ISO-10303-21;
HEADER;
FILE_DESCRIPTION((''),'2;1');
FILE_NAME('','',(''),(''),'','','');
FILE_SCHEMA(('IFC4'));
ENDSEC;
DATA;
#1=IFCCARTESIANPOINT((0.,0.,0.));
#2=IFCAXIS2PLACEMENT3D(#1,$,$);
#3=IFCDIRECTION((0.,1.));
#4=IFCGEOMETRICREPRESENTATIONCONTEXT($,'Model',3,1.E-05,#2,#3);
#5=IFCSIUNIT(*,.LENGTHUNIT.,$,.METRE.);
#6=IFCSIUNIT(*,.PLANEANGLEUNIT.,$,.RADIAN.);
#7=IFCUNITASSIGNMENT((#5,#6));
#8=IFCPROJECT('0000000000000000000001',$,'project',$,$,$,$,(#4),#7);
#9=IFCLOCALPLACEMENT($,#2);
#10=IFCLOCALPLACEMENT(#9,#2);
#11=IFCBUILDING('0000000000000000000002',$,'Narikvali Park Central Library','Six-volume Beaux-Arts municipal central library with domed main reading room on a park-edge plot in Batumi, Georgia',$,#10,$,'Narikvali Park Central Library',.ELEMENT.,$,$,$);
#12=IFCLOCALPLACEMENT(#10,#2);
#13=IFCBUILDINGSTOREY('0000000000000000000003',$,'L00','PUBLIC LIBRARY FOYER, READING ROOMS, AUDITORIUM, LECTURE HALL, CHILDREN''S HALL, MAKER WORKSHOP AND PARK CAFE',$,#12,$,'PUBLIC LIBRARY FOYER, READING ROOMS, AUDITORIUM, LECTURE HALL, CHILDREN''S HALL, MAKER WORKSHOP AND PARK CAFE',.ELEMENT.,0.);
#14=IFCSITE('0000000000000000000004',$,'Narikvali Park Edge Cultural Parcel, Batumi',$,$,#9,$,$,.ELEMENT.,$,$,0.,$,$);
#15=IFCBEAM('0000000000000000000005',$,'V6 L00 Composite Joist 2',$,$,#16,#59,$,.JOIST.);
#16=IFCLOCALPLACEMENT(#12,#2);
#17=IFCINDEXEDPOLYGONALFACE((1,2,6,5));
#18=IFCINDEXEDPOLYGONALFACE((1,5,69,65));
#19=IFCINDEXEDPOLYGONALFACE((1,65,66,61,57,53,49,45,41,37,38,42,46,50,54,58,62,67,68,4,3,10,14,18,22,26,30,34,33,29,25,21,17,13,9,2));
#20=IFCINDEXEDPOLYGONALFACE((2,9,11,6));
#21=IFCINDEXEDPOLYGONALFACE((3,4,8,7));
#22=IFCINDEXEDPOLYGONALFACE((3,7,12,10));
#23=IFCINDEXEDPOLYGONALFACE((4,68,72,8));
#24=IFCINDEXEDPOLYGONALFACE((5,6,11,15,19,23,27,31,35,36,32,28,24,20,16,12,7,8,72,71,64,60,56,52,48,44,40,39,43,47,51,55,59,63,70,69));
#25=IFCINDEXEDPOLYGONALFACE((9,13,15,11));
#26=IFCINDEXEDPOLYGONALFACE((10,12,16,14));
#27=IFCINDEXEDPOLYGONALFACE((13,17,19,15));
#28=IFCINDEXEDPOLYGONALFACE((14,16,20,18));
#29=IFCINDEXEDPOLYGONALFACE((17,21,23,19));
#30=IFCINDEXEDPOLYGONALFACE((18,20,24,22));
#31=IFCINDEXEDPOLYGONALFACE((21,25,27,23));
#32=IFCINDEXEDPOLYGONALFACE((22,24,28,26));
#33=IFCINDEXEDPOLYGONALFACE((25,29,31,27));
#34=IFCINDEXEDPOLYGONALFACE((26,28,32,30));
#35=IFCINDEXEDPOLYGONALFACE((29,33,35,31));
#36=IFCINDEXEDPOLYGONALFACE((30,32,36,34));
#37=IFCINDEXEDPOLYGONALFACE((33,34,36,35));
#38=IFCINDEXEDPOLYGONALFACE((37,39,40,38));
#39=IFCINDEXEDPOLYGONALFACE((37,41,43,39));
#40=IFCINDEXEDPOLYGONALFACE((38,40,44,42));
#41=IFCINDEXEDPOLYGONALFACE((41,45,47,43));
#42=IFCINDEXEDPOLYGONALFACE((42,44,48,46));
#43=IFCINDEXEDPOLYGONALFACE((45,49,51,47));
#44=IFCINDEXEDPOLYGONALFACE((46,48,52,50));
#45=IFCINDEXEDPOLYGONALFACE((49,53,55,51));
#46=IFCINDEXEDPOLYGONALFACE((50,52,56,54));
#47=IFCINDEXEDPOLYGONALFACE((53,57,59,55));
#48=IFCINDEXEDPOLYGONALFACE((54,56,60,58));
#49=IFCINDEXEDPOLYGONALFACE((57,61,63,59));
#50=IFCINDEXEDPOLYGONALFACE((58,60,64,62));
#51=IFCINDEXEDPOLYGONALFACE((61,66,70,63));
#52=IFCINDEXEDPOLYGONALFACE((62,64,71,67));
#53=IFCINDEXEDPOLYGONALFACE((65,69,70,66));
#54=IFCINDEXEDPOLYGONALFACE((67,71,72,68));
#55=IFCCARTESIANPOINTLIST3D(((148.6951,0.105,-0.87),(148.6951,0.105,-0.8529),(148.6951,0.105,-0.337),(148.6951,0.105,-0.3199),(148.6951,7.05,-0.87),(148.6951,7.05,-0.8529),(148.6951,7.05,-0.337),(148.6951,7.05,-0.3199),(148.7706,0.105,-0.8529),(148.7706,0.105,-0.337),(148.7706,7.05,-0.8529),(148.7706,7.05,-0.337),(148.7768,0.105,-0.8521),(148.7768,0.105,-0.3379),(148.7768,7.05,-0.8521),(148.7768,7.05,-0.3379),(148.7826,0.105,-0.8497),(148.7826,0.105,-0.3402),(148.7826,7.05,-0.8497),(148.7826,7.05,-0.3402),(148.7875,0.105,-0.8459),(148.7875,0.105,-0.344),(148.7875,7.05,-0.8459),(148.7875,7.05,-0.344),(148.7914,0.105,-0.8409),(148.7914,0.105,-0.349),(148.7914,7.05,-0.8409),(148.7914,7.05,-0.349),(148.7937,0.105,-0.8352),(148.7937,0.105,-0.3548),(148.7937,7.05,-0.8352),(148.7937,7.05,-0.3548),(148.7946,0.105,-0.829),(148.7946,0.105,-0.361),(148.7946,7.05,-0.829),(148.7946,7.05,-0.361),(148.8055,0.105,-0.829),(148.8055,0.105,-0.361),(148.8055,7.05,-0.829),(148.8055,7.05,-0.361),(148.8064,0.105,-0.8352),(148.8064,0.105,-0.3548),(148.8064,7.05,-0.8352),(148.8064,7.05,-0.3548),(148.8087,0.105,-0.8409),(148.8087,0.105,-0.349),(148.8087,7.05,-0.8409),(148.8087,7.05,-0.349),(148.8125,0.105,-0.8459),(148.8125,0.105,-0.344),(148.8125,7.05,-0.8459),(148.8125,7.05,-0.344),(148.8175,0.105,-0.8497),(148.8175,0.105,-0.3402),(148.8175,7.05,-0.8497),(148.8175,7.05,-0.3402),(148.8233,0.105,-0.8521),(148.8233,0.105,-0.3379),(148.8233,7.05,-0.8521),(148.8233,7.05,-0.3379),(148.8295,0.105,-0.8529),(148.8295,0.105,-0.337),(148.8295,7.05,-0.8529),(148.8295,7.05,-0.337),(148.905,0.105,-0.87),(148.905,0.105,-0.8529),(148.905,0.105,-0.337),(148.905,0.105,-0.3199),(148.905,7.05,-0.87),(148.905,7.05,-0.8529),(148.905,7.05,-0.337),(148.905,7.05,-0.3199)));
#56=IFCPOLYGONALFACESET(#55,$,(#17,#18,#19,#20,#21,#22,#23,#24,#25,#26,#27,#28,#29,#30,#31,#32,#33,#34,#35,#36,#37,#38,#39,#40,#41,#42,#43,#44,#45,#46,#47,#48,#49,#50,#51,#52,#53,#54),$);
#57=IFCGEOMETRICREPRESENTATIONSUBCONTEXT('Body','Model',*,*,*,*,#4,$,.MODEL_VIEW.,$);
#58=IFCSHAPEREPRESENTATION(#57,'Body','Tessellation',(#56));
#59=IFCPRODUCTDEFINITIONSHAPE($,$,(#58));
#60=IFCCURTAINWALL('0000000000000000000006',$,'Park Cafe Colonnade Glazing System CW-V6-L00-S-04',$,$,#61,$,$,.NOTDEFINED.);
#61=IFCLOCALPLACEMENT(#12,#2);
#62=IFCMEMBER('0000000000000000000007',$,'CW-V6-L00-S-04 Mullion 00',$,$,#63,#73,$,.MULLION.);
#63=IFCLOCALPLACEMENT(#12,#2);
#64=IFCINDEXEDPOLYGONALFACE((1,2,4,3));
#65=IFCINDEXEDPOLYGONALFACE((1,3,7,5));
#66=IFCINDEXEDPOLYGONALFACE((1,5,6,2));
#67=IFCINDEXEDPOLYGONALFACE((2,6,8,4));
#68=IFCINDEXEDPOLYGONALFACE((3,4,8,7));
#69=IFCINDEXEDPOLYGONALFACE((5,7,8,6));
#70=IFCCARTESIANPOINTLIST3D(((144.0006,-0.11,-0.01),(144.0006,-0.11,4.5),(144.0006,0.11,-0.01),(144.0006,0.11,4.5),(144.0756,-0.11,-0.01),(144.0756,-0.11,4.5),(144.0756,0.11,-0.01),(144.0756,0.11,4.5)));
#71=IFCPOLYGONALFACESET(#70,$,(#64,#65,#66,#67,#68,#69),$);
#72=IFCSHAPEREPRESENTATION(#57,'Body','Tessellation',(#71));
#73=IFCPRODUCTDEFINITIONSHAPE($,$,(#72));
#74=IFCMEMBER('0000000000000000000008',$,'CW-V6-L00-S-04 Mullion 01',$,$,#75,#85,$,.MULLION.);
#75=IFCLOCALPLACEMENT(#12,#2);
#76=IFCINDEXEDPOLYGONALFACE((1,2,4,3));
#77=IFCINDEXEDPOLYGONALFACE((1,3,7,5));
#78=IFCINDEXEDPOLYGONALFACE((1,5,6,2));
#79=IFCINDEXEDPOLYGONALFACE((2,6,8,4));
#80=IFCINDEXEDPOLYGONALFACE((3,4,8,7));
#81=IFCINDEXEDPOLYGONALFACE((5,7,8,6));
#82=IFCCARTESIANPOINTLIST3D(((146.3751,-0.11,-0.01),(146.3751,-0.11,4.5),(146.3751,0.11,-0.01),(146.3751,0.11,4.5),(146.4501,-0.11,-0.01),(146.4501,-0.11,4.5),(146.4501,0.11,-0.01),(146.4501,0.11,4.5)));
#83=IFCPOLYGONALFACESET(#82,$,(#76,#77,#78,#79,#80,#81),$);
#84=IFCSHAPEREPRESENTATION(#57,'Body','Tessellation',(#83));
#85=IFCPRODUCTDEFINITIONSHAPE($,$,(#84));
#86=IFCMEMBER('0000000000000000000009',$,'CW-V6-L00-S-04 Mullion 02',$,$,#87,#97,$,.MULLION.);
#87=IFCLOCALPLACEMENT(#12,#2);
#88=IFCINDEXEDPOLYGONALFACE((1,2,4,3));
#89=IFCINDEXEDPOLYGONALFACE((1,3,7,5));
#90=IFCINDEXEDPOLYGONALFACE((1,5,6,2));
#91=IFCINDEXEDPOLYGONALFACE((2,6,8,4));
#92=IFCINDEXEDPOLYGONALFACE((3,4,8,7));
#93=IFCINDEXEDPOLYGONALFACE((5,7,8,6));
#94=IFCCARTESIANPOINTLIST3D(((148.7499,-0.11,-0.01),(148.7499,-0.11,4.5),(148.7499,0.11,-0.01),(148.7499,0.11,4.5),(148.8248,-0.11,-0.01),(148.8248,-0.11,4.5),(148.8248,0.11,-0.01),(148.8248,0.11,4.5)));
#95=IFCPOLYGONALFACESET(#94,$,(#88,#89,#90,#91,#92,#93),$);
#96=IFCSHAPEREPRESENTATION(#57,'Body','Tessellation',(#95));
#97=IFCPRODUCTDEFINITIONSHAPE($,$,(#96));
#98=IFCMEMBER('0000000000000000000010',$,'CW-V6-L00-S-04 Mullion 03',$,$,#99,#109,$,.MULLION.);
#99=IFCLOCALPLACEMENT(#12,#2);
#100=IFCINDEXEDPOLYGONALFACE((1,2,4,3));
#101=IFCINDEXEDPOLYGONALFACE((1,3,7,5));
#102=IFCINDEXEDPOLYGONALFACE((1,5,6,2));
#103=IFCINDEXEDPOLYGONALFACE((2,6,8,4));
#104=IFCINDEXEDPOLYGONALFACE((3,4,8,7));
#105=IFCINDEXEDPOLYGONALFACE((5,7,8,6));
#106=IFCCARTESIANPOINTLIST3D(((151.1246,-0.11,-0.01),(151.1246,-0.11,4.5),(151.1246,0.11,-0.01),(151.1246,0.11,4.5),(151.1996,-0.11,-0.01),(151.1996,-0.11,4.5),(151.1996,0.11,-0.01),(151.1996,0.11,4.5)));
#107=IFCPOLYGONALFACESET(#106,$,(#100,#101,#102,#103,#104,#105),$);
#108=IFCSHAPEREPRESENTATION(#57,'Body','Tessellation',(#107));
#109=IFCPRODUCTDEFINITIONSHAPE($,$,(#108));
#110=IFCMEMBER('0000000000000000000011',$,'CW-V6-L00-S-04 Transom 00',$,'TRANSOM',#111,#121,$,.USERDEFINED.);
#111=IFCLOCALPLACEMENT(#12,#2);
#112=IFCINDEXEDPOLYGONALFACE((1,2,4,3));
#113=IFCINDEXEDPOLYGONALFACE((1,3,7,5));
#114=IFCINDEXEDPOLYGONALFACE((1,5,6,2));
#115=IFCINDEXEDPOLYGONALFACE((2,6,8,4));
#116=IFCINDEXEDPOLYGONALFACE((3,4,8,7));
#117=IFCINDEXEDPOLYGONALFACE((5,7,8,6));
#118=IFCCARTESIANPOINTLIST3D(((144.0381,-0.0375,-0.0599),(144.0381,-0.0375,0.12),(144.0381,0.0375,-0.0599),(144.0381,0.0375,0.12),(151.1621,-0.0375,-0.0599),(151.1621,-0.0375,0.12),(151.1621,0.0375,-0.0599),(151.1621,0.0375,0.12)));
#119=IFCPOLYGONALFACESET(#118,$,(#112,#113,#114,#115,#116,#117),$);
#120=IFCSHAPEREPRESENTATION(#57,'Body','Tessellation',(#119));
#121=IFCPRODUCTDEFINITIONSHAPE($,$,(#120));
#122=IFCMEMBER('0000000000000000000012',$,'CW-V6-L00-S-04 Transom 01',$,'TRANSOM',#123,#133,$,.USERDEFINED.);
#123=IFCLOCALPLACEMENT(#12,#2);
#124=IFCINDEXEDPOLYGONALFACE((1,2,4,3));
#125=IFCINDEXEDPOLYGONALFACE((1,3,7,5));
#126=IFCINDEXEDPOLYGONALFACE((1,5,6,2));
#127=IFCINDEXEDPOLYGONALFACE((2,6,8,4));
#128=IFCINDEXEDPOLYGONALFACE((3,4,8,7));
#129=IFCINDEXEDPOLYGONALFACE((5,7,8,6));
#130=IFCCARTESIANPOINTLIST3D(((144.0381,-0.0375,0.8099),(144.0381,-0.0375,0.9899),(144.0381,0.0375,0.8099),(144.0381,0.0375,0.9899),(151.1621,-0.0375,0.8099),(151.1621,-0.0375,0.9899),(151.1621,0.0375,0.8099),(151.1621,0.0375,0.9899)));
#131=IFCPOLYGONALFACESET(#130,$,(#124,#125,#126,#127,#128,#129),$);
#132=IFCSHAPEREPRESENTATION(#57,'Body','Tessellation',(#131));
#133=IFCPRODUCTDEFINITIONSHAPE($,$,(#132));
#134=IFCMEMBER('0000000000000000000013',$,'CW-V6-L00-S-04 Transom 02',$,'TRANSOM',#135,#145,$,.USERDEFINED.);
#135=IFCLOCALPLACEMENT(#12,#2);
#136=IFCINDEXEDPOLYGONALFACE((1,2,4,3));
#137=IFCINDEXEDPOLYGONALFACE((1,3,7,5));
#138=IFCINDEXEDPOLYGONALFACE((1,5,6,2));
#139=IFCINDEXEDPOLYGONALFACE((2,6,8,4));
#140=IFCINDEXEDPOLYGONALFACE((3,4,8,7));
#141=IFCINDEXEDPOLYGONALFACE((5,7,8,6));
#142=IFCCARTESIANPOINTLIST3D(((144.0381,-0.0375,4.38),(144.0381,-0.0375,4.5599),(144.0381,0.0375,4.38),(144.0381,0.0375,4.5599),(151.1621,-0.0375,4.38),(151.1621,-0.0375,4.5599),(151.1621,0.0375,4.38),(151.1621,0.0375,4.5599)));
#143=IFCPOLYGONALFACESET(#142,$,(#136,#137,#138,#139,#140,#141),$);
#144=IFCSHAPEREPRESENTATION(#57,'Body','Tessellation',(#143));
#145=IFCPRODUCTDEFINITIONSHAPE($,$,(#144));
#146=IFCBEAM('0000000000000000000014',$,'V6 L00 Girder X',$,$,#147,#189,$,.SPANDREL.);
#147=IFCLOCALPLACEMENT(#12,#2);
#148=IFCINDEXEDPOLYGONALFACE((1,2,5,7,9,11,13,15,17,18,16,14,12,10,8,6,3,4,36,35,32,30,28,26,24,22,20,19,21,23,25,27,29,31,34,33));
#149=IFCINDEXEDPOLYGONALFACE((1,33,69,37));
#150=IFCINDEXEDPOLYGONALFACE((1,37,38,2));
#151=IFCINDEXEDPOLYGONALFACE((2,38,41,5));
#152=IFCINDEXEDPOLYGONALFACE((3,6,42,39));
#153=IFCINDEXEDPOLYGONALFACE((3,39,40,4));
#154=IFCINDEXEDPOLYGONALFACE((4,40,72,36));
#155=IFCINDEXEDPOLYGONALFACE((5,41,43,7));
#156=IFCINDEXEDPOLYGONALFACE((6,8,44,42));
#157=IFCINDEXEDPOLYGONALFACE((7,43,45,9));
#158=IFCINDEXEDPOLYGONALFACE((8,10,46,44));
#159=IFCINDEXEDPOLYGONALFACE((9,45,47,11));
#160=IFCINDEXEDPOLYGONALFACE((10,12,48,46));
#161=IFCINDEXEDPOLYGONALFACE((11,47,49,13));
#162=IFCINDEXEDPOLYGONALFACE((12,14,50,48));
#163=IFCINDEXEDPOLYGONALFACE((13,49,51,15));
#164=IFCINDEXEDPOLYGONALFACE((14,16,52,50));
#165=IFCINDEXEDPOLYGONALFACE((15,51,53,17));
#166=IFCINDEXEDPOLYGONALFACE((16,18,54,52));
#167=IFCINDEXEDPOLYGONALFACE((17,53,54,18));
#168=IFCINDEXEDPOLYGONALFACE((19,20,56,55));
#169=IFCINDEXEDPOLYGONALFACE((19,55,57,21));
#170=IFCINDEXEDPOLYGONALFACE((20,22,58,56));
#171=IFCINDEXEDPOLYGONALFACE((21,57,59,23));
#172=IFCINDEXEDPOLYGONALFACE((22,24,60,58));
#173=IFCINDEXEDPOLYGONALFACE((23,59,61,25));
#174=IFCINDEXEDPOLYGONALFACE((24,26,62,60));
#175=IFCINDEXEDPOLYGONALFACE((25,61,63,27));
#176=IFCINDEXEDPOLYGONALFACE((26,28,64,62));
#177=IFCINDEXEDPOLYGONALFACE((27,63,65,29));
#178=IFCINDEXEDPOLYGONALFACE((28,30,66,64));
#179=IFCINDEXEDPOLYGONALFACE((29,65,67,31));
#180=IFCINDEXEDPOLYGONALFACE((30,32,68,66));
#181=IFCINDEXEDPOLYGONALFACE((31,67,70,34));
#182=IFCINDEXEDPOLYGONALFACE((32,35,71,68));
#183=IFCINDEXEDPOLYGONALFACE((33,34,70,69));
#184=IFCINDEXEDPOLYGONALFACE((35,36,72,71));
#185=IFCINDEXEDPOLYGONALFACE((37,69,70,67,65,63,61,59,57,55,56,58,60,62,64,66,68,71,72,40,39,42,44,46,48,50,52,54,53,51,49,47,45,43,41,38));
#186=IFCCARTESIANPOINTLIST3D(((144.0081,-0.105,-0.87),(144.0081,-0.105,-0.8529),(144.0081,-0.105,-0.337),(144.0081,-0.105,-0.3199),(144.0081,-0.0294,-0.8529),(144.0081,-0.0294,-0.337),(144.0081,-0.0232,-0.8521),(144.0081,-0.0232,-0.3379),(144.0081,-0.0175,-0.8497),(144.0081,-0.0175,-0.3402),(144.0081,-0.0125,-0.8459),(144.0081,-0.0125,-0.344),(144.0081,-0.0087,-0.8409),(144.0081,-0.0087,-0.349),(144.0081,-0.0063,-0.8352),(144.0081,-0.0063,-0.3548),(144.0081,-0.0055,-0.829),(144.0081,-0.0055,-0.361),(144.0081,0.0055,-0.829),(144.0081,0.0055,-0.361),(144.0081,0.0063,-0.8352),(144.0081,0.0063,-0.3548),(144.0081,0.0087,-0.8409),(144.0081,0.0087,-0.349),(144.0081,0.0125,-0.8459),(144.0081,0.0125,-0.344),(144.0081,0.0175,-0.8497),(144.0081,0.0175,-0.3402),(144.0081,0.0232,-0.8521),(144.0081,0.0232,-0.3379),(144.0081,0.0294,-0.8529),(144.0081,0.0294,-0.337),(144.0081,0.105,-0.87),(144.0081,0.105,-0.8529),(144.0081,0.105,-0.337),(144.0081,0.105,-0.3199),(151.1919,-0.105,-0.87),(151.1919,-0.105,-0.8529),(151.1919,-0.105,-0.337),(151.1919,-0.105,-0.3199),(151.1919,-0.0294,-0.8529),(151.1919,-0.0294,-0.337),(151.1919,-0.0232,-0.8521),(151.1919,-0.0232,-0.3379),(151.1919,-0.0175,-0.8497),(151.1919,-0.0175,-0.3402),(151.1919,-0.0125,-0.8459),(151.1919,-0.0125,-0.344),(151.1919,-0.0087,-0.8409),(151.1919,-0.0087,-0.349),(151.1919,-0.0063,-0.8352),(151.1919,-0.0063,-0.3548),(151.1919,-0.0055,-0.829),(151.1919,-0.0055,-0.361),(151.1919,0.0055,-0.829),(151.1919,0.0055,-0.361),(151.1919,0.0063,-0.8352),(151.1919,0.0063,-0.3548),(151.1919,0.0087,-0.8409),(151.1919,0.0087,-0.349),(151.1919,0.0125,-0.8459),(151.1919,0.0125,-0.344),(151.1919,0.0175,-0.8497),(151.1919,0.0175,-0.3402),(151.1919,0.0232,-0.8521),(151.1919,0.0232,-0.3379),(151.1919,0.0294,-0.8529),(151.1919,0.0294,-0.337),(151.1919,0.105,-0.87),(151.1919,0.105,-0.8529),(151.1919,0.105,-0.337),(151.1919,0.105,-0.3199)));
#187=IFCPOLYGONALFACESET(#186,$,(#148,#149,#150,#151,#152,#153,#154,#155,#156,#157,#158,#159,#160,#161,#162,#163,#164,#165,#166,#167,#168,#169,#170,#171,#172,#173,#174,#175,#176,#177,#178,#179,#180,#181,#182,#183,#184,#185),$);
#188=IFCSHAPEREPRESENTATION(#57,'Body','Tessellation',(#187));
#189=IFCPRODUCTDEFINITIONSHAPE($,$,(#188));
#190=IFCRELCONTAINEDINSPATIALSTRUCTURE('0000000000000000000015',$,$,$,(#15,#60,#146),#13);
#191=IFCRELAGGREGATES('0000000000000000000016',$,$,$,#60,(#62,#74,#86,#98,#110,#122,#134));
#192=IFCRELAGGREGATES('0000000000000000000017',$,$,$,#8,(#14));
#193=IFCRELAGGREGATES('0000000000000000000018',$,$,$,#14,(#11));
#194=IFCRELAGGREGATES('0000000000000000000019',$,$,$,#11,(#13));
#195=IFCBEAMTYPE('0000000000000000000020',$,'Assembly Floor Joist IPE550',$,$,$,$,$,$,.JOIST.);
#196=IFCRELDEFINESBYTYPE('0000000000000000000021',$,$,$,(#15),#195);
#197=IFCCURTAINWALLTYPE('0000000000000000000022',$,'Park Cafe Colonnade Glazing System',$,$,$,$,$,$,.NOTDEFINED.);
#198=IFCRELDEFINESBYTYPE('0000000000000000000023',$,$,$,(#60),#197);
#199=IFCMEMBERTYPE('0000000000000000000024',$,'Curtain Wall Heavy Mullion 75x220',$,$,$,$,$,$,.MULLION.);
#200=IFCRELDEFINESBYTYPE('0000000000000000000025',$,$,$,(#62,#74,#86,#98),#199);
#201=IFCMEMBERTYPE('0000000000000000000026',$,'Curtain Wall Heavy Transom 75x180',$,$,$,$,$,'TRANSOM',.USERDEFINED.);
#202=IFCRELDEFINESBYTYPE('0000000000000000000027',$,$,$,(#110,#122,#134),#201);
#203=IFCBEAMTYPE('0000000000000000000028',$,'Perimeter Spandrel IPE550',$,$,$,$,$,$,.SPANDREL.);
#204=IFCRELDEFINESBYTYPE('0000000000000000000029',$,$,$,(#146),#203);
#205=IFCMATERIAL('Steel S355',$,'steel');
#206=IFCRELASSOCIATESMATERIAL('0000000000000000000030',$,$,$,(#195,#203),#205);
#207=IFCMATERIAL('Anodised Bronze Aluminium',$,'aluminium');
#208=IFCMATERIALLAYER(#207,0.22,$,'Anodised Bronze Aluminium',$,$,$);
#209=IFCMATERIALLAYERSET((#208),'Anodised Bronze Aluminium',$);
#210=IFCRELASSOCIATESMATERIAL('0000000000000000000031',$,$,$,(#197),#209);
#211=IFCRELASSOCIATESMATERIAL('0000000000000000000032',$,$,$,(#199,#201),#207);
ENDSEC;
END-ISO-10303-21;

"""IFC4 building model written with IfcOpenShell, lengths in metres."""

from ifc_helpers import new_model, si_unit, direction, frame, origin, origin_2d, place, context, subcontext, project, spatial, rectangle, i_section, extrude, material, layer, layer_set, material_profile, profile_set, type_object, element, aggregate, save


model = new_model("IFC4")

# Units and contexts
model_context = context("Model", 3, precision=1e-05, world=origin(), true_north=direction((0.0, 1.0)))
body_context = subcontext(model_context, "Body", "Model", "MODEL_VIEW")
ifc_project = project(units=[si_unit("LENGTHUNIT", "METRE"), si_unit("PLANEANGLEUNIT", "RADIAN")], contexts=[model_context])

# Site, building, storey
site_placement = place(None, origin())
site = spatial("IfcSite", under=ifc_project, at=site_placement, Name="Narikvali Park Edge Cultural Parcel, Batumi", CompositionType="ELEMENT", RefElevation=0.0)
building_placement = place(site_placement, origin())
building = spatial("IfcBuilding", under=site, at=building_placement, Name="Narikvali Park Central Library", Description="Six-volume Beaux-Arts municipal central library with domed main reading room on a park-edge plot in Batumi, Georgia", LongName="Narikvali Park Central Library", CompositionType="ELEMENT")
storey_placement = place(building_placement, origin())
storey = spatial("IfcBuildingStorey", under=building, at=storey_placement, Name="L00", Description="PUBLIC LIBRARY FOYER, READING ROOMS, AUDITORIUM, LECTURE HALL, CHILDREN'S HALL, MAKER WORKSHOP AND PARK CAFE", LongName="PUBLIC LIBRARY FOYER, READING ROOMS, AUDITORIUM, LECTURE HALL, CHILDREN'S HALL, MAKER WORKSHOP AND PARK CAFE", CompositionType="ELEMENT", Elevation=0.0)

# Shared definitions
ifc_material_1 = material(Name="Steel S355", Category="steel")

# Beam
ifc_material_profile_1 = material_profile(ifc_material_1, i_section(OverallWidth=0.21, OverallDepth=0.55, WebThickness=0.011, FlangeThickness=0.0171, FilletRadius=0.0239, at=origin_2d()), Name="IPE 550")
ifc_profile_set_1 = profile_set([ifc_material_profile_1], Name="Steel S355")
beam_type_1 = type_object("IfcBeamType", Name="Assembly Floor Joist IPE550", PredefinedType="JOIST", material=ifc_profile_set_1)
for number, where, z_axis, x_axis, name in (
    (1, (148.8, 0.105, -0.595), (0.0, 1.0, 0.0), (-1.0, 0.0, 0.0), "V6 L00 Composite Joist 2"),
):
    element("IfcBeam", number, at=place(storey_placement, frame(where, z_axis=z_axis, x_axis=x_axis)), inside=storey, type_object=beam_type_1, Name=name, PredefinedType="JOIST", context=body_context, shape_type="SweptSolid", body=[
        extrude(i_section(OverallWidth=0.21, OverallDepth=0.55, WebThickness=0.011, FlangeThickness=0.0171, FilletRadius=0.0239, at=origin_2d()), origin(), (0.0, 0.0, 1.0), 6.9451),
    ])

# Curtain wall, members
ifc_material_2 = material(Name="Anodised Bronze Aluminium", Category="aluminium")
ifc_layer_1 = layer(ifc_material_2, 0.22, Name="Anodised Bronze Aluminium")
ifc_layer_set_1 = layer_set([ifc_layer_1], Name="Anodised Bronze Aluminium")
curtain_wall_type = type_object("IfcCurtainWallType", Name="Park Cafe Colonnade Glazing System", PredefinedType="NOTDEFINED", material=ifc_layer_set_1)
curtain_wall_placement = place(storey_placement, origin())
curtain_wall = element("IfcCurtainWall", 2, at=curtain_wall_placement, inside=storey, type_object=curtain_wall_type, Name="Park Cafe Colonnade Glazing System CW-V6-L00-S-04", PredefinedType="NOTDEFINED")
ifc_material_profile_2 = material_profile(ifc_material_2, rectangle(XDim=0.075, YDim=0.22, at=origin_2d()), Name="CW MULLION 75x220")
ifc_profile_set_2 = profile_set([ifc_material_profile_2], Name="Anodised Bronze Aluminium")
member_type_1 = type_object("IfcMemberType", Name="Curtain Wall Heavy Mullion 75x220", PredefinedType="MULLION", material=ifc_profile_set_2)
member_1_placement = place(storey_placement, frame((144.0381, 0.0, -0.01), z_axis=(0.0, 0.0, 1.0), x_axis=(1.0, 0.0, 0.0)))
member_1 = element("IfcMember", 3, at=member_1_placement, type_object=member_type_1, Name="CW-V6-L00-S-04 Mullion 00", PredefinedType="MULLION", context=body_context, shape_type="SweptSolid", body=[
    extrude(rectangle(XDim=0.075, YDim=0.22, at=origin_2d()), origin(), (0.0, 0.0, 1.0), 4.51),
])
member_2_placement = place(storey_placement, frame((146.4126, 0.0, -0.01), z_axis=(0.0, 0.0, 1.0), x_axis=(1.0, 0.0, 0.0)))
member_2 = element("IfcMember", 4, at=member_2_placement, type_object=member_type_1, Name="CW-V6-L00-S-04 Mullion 01", PredefinedType="MULLION", context=body_context, shape_type="SweptSolid", body=[
    extrude(rectangle(XDim=0.075, YDim=0.22, at=origin_2d()), origin(), (0.0, 0.0, 1.0), 4.51),
])
member_3_placement = place(storey_placement, frame((148.7874, 0.0, -0.01), z_axis=(0.0, 0.0, 1.0), x_axis=(1.0, 0.0, 0.0)))
member_3 = element("IfcMember", 5, at=member_3_placement, type_object=member_type_1, Name="CW-V6-L00-S-04 Mullion 02", PredefinedType="MULLION", context=body_context, shape_type="SweptSolid", body=[
    extrude(rectangle(XDim=0.075, YDim=0.22, at=origin_2d()), origin(), (0.0, 0.0, 1.0), 4.51),
])
member_4_placement = place(storey_placement, frame((151.1621, 0.0, -0.01), z_axis=(0.0, 0.0, 1.0), x_axis=(1.0, 0.0, 0.0)))
member_4 = element("IfcMember", 6, at=member_4_placement, type_object=member_type_1, Name="CW-V6-L00-S-04 Mullion 03", PredefinedType="MULLION", context=body_context, shape_type="SweptSolid", body=[
    extrude(rectangle(XDim=0.075, YDim=0.22, at=origin_2d()), origin(), (0.0, 0.0, 1.0), 4.51),
])
ifc_material_profile_3 = material_profile(ifc_material_2, rectangle(XDim=0.075, YDim=0.1799, at=origin_2d()), Name="CW TRANSOM 75x180")
ifc_profile_set_3 = profile_set([ifc_material_profile_3], Name="Anodised Bronze Aluminium")
member_type_2 = type_object("IfcMemberType", Name="Curtain Wall Heavy Transom 75x180", ElementType="TRANSOM", PredefinedType="USERDEFINED", material=ifc_profile_set_3)
member_5_placement = place(storey_placement, frame((144.0381, 0.0, 0.03), z_axis=(1.0, 0.0, 0.0), x_axis=(0.0, 1.0, 0.0)))
member_5 = element("IfcMember", 7, at=member_5_placement, type_object=member_type_2, Name="CW-V6-L00-S-04 Transom 00", ObjectType="TRANSOM", PredefinedType="USERDEFINED", context=body_context, shape_type="SweptSolid", body=[
    extrude(rectangle(XDim=0.075, YDim=0.1799, at=origin_2d()), origin(), (0.0, 0.0, 1.0), 7.124),
])
member_6_placement = place(storey_placement, frame((144.0381, 0.0, 0.8999), z_axis=(1.0, 0.0, 0.0), x_axis=(0.0, 1.0, 0.0)))
member_6 = element("IfcMember", 8, at=member_6_placement, type_object=member_type_2, Name="CW-V6-L00-S-04 Transom 01", ObjectType="TRANSOM", PredefinedType="USERDEFINED", context=body_context, shape_type="SweptSolid", body=[
    extrude(rectangle(XDim=0.075, YDim=0.1799, at=origin_2d()), origin(), (0.0, 0.0, 1.0), 7.124),
])
member_7_placement = place(storey_placement, frame((144.0381, 0.0, 4.47), z_axis=(1.0, 0.0, 0.0), x_axis=(0.0, 1.0, 0.0)))
member_7 = element("IfcMember", 9, at=member_7_placement, type_object=member_type_2, Name="CW-V6-L00-S-04 Transom 02", ObjectType="TRANSOM", PredefinedType="USERDEFINED", context=body_context, shape_type="SweptSolid", body=[
    extrude(rectangle(XDim=0.075, YDim=0.1799, at=origin_2d()), origin(), (0.0, 0.0, 1.0), 7.124),
])

# Beam
ifc_material_profile_4 = material_profile(ifc_material_1, i_section(OverallWidth=0.21, OverallDepth=0.55, WebThickness=0.011, FlangeThickness=0.0171, FilletRadius=0.0239, at=origin_2d()), Name="IPE 550")
ifc_profile_set_4 = profile_set([ifc_material_profile_4], Name="Steel S355")
beam_type_2 = type_object("IfcBeamType", Name="Perimeter Spandrel IPE550", PredefinedType="SPANDREL", material=ifc_profile_set_4)
beam_1_placement = place(storey_placement, frame((144.0081, 0.0, -0.595), z_axis=(1.0, 0.0, 0.0), x_axis=(0.0, 1.0, 0.0)))
element("IfcBeam", 10, at=beam_1_placement, inside=storey, type_object=beam_type_2, Name="V6 L00 Girder X", PredefinedType="SPANDREL", context=body_context, shape_type="SweptSolid", body=[
    extrude(i_section(OverallWidth=0.21, OverallDepth=0.55, WebThickness=0.011, FlangeThickness=0.0171, FilletRadius=0.0239, at=origin_2d()), origin(), (0.0, 0.0, 1.0), 7.1838),
])

aggregate(curtain_wall, [member_1, member_2, member_3, member_4, member_5, member_6, member_7])

save(model, "model.ifc")
